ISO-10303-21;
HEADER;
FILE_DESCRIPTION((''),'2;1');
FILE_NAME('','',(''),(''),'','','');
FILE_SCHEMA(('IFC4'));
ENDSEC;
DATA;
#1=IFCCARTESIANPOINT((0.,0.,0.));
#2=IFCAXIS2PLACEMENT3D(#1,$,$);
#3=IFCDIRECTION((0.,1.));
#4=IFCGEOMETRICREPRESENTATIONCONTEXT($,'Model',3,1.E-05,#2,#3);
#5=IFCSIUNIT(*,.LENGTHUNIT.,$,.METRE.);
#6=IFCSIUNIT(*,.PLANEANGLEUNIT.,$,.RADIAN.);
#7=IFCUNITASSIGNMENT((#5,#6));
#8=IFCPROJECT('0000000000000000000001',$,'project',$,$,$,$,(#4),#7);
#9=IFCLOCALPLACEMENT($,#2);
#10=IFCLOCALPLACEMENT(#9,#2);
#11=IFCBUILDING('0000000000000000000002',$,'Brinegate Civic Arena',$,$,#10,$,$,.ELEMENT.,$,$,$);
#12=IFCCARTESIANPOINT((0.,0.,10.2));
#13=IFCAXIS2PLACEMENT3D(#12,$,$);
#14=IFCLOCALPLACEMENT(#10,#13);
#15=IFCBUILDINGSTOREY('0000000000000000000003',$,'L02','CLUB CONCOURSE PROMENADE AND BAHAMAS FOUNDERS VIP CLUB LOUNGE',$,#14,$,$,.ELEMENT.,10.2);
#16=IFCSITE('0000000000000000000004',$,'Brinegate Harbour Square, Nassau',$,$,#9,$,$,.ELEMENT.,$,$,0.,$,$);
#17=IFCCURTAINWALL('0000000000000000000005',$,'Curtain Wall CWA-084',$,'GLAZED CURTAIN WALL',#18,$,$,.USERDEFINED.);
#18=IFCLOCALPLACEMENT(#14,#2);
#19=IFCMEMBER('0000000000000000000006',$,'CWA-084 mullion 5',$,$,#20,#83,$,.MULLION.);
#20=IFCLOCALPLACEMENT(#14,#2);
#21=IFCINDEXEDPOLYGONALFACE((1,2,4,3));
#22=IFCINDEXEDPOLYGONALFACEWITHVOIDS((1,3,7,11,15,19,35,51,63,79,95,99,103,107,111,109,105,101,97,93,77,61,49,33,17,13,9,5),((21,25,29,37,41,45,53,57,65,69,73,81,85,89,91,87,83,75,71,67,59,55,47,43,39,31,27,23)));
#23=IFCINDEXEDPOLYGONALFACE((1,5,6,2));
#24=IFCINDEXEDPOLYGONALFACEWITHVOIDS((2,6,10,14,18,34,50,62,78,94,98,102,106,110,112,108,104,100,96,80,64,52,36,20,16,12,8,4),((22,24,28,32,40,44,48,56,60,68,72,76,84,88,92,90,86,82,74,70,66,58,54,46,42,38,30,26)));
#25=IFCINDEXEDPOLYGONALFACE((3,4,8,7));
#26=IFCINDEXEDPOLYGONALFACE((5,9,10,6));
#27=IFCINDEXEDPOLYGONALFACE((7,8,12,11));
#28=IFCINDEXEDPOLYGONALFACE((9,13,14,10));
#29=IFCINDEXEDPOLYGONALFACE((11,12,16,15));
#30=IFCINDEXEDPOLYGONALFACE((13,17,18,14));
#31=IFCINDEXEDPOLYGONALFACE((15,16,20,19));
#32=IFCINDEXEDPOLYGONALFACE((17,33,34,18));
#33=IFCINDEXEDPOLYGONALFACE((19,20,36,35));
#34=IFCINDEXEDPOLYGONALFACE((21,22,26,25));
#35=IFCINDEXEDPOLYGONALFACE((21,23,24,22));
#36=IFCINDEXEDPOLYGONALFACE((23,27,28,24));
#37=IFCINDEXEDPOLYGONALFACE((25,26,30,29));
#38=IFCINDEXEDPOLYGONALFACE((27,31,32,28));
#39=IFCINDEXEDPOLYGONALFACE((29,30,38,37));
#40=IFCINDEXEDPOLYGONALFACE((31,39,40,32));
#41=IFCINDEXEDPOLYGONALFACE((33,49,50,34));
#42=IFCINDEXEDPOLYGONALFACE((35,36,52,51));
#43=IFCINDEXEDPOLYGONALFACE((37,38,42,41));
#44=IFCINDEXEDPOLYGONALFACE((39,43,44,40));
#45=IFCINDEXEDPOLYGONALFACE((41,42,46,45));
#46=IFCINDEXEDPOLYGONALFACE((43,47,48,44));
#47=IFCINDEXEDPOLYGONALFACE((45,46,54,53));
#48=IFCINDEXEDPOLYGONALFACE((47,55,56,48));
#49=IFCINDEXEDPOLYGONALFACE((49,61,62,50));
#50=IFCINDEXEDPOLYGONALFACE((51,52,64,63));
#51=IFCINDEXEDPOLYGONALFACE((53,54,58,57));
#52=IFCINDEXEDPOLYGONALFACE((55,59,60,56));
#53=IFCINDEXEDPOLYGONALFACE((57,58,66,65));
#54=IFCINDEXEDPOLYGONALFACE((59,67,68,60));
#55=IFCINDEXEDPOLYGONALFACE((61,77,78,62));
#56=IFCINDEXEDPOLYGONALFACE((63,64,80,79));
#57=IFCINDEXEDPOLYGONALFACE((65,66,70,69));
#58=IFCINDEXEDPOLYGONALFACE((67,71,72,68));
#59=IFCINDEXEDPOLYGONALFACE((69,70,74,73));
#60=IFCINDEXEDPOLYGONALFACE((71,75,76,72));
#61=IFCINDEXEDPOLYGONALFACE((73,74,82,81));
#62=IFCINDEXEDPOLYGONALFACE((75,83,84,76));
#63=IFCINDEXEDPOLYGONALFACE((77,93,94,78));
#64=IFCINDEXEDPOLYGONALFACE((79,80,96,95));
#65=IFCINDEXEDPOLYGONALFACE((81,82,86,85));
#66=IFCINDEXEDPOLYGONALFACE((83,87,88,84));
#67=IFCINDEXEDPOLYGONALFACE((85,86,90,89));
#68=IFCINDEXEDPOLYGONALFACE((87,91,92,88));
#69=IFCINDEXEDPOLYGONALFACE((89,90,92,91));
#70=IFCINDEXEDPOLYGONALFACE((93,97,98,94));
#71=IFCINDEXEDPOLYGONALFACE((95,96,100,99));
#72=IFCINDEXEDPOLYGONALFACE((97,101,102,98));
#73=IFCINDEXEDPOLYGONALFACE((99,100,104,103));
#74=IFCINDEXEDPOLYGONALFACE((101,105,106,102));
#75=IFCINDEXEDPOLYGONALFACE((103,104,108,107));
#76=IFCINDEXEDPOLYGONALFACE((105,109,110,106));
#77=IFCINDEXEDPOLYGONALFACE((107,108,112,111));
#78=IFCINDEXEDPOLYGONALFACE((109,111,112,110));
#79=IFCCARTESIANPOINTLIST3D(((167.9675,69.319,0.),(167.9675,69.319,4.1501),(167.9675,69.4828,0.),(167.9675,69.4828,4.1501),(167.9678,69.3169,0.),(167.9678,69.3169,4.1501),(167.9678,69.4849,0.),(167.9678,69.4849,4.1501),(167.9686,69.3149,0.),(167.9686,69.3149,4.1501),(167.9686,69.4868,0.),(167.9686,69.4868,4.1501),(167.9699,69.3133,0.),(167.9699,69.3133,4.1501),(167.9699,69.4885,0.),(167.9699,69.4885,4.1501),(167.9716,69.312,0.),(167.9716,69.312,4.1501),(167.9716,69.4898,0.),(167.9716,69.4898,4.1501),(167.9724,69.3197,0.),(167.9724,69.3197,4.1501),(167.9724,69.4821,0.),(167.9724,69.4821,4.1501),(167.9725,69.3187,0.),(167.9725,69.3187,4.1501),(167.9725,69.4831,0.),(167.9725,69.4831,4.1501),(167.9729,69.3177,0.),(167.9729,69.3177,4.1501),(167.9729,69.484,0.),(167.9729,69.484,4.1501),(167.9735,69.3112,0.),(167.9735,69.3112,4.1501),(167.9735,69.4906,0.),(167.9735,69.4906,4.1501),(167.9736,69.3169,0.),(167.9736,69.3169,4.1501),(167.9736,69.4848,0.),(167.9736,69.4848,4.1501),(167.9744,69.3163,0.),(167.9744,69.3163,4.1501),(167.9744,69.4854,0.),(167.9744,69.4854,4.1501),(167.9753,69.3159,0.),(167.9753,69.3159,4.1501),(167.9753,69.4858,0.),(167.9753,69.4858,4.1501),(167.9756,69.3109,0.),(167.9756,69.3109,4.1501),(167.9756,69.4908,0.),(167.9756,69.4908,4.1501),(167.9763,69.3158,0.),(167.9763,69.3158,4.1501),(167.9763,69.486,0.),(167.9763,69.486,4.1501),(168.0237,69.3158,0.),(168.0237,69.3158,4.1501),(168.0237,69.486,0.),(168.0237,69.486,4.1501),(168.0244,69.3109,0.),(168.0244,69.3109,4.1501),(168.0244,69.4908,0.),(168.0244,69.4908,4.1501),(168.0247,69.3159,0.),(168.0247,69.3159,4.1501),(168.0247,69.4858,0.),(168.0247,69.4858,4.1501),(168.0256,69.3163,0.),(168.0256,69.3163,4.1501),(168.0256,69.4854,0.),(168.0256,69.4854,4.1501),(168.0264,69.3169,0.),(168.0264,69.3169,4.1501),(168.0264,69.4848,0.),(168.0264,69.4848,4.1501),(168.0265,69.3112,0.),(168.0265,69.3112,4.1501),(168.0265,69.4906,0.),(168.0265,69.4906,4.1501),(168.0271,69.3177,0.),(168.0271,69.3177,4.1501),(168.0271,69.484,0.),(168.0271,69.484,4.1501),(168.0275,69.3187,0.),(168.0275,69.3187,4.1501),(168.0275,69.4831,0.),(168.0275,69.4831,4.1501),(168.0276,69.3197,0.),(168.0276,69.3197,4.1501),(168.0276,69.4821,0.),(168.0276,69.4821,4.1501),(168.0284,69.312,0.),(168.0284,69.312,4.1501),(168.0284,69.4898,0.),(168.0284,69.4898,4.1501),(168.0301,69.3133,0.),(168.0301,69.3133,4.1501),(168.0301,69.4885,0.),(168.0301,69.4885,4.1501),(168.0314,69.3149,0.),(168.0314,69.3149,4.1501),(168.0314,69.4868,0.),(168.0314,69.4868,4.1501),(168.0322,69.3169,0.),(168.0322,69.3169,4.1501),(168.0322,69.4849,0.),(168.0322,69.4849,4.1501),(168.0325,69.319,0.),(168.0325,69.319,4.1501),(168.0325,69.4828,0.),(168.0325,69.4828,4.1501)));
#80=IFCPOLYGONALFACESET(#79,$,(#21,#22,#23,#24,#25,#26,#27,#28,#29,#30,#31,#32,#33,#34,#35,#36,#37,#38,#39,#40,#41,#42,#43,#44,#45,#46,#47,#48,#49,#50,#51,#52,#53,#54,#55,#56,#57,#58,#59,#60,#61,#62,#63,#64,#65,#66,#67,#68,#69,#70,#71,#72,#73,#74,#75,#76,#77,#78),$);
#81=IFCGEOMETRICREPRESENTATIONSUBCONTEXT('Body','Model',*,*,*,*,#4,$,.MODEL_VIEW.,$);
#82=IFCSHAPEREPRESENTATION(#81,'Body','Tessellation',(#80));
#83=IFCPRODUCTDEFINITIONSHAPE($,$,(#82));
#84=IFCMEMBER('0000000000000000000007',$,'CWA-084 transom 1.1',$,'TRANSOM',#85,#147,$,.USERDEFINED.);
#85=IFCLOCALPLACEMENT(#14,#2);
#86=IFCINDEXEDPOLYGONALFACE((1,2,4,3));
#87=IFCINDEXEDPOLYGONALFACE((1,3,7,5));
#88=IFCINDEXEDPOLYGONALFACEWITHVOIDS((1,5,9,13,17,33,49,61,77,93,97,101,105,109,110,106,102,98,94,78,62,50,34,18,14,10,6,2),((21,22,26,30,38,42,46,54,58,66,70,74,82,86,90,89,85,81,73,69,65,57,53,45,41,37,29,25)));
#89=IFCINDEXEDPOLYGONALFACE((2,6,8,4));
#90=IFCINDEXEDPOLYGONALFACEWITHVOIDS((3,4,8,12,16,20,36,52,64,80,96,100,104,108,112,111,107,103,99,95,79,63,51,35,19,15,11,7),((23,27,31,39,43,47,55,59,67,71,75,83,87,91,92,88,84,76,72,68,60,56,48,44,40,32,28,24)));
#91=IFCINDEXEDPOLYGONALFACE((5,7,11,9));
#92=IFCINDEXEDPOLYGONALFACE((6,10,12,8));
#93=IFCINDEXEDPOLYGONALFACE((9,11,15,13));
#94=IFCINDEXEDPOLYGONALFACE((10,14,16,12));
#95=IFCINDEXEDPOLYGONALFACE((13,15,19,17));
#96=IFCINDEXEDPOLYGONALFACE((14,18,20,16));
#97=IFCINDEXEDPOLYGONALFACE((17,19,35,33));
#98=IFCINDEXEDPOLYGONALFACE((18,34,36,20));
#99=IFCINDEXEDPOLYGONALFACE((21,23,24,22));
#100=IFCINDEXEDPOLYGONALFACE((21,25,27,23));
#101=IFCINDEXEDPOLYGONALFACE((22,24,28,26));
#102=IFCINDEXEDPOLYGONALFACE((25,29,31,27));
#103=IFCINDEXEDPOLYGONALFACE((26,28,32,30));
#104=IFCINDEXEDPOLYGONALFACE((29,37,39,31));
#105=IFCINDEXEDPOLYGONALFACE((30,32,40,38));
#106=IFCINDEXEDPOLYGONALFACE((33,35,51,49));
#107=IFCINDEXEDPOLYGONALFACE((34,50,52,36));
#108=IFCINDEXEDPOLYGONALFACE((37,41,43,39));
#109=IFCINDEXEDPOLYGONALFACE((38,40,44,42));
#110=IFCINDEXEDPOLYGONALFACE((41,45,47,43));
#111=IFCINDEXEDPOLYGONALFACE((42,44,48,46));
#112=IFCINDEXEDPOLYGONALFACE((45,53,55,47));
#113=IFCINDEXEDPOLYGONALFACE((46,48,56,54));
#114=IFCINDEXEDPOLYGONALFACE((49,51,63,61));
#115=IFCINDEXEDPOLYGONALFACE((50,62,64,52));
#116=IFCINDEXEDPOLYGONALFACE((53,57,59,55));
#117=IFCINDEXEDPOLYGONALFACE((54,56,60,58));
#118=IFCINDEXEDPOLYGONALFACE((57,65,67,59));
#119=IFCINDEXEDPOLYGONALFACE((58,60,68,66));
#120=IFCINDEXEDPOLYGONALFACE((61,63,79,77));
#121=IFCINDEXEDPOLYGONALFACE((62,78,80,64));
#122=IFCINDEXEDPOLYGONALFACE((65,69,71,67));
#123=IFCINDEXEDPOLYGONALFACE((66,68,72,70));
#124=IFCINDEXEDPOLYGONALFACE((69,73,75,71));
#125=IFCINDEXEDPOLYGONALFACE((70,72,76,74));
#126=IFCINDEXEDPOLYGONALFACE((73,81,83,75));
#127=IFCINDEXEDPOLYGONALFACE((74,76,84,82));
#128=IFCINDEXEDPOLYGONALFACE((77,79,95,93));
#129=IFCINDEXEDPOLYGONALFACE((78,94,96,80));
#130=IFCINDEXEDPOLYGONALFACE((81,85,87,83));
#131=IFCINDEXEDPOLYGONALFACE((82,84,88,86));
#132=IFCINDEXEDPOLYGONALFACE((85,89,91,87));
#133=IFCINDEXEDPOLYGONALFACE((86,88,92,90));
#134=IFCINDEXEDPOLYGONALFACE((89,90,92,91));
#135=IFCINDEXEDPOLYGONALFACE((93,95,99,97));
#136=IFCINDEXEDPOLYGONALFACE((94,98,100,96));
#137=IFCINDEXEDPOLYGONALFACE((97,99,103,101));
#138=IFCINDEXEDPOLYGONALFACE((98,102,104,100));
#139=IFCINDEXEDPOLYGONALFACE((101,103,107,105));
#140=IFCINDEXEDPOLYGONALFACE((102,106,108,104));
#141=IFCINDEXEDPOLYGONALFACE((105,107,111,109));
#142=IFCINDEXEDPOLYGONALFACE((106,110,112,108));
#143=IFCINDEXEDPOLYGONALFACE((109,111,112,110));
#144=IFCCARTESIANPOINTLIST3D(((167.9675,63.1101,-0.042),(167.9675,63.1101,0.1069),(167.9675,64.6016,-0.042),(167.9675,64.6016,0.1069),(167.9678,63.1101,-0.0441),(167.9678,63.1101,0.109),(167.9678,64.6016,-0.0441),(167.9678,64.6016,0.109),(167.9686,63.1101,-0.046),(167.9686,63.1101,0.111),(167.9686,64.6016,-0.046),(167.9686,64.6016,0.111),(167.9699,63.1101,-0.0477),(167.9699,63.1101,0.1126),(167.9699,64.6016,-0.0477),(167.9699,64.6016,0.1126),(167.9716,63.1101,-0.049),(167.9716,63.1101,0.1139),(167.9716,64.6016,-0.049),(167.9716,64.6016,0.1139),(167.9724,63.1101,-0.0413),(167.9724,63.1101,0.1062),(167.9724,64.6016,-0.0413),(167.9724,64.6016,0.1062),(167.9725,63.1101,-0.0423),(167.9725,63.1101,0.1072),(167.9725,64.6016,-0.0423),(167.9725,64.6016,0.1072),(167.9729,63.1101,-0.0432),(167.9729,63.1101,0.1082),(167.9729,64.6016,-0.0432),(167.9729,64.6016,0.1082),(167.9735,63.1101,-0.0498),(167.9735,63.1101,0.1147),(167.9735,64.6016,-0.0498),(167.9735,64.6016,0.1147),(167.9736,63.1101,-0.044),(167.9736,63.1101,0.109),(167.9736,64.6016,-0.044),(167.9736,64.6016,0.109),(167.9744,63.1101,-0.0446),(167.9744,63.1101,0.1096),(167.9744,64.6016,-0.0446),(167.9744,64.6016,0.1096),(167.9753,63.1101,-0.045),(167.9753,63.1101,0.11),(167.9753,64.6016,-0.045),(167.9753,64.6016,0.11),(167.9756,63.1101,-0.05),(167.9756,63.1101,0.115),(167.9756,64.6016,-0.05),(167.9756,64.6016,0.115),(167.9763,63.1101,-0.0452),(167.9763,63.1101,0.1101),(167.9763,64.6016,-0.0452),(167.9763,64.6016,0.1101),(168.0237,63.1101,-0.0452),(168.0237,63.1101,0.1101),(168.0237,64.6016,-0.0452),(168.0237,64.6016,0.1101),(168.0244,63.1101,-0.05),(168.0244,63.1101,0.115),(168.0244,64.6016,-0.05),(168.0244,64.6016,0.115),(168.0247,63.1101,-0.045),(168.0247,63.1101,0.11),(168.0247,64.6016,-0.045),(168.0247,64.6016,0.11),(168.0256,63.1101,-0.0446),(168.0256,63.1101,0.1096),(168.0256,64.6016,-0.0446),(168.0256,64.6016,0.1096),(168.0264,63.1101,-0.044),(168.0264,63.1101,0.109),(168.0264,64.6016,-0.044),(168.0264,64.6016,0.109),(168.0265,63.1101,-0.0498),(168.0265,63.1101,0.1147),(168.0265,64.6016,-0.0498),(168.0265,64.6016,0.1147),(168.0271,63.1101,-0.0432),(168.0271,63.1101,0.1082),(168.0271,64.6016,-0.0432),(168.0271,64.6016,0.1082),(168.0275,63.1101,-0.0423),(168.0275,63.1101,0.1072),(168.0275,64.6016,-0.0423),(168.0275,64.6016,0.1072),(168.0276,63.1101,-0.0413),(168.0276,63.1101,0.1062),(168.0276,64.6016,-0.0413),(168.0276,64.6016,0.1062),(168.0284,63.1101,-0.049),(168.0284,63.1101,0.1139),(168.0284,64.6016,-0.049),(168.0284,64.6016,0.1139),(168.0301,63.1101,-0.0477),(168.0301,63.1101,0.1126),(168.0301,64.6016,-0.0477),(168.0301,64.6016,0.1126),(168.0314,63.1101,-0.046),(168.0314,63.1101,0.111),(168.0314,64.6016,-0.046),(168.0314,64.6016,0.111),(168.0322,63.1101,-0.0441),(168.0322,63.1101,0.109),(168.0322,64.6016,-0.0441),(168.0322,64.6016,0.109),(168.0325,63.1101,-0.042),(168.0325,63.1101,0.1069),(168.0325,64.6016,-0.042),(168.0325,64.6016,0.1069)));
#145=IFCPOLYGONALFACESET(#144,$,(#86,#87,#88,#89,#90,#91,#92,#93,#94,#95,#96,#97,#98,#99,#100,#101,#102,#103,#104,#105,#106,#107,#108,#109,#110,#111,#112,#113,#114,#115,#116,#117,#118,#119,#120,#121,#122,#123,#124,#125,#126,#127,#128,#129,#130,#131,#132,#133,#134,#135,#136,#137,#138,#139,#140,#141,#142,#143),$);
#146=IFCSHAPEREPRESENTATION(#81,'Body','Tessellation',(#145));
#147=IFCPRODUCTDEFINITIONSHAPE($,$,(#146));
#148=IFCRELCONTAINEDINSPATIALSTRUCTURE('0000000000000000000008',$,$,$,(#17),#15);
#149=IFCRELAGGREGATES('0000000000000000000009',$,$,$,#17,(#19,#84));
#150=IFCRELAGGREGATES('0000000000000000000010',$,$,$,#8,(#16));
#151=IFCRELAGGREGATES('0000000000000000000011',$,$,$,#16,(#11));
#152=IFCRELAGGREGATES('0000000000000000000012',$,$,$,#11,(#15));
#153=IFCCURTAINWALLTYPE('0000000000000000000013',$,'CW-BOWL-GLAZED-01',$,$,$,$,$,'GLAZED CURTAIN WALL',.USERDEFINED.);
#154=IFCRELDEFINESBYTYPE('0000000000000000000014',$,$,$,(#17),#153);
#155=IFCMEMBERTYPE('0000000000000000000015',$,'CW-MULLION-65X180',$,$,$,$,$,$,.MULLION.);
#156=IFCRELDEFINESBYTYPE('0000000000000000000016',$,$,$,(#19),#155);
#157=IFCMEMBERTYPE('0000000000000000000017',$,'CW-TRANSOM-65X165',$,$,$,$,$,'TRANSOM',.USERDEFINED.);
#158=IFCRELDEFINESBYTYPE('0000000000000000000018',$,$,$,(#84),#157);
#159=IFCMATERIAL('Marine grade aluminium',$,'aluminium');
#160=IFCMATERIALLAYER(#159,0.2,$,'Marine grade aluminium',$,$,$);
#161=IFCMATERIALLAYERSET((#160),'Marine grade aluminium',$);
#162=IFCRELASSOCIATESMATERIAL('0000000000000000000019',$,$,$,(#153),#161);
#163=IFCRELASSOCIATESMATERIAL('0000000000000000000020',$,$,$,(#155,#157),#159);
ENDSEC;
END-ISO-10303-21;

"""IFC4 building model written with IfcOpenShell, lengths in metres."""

from ifc_helpers import new_model, si_unit, direction, frame, origin, origin_2d, place, context, subcontext, project, spatial, hollow_rectangle, extrude, material, layer, layer_set, material_profile, profile_set, type_object, element, aggregate, save


model = new_model("IFC4")

# Units and contexts
model_context = context("Model", 3, precision=1e-05, world=origin(), true_north=direction((0.0, 1.0)))
body_context = subcontext(model_context, "Body", "Model", "MODEL_VIEW")
ifc_project = project(units=[si_unit("LENGTHUNIT", "METRE"), si_unit("PLANEANGLEUNIT", "RADIAN")], contexts=[model_context])

# Site, building, storey
site_placement = place(None, origin())
site = spatial("IfcSite", under=ifc_project, at=site_placement, Name="Brinegate Harbour Square, Nassau", CompositionType="ELEMENT", RefElevation=0.0)
building_placement = place(site_placement, origin())
building = spatial("IfcBuilding", under=site, at=building_placement, Name="Brinegate Civic Arena", CompositionType="ELEMENT")
storey_placement = place(building_placement, frame((0.0, 0.0, 10.2)))
storey = spatial("IfcBuildingStorey", under=building, at=storey_placement, Name="L02", Description="CLUB CONCOURSE PROMENADE AND BAHAMAS FOUNDERS VIP CLUB LOUNGE", CompositionType="ELEMENT", Elevation=10.2)

# Curtain wall, members
ifc_material_1 = material(Name="Marine grade aluminium", Category="aluminium")
ifc_layer_1 = layer(ifc_material_1, 0.2, Name="Marine grade aluminium")
ifc_layer_set_1 = layer_set([ifc_layer_1], Name="Marine grade aluminium")
curtain_wall_type = type_object("IfcCurtainWallType", Name="CW-BOWL-GLAZED-01", ElementType="GLAZED CURTAIN WALL", PredefinedType="USERDEFINED", material=ifc_layer_set_1)
curtain_wall_placement = place(storey_placement, origin())
curtain_wall = element("IfcCurtainWall", 1, at=curtain_wall_placement, inside=storey, type_object=curtain_wall_type, Name="Curtain Wall CWA-084", ObjectType="GLAZED CURTAIN WALL", PredefinedType="USERDEFINED")
ifc_material_profile_1 = material_profile(ifc_material_1, hollow_rectangle(XDim=0.0649, YDim=0.1799, WallThickness=0.0049, InnerFilletRadius=0.0039, OuterFilletRadius=0.0081, at=origin_2d()), Name="MUL65X180")
ifc_profile_set_1 = profile_set([ifc_material_profile_1], Name="Marine grade aluminium")
member_type_1 = type_object("IfcMemberType", Name="CW-MULLION-65X180", PredefinedType="MULLION", material=ifc_profile_set_1)
member_1_placement = place(storey_placement, frame((168.0, 69.4009, 0.0), z_axis=(0.0, 0.0, 1.0), x_axis=(-1.0, 0.0, 0.0)))
member_1 = element("IfcMember", 2, at=member_1_placement, type_object=member_type_1, Name="CWA-084 mullion 5", PredefinedType="MULLION", context=body_context, shape_type="SweptSolid", body=[
    extrude(hollow_rectangle(XDim=0.0649, YDim=0.1799, WallThickness=0.0049, InnerFilletRadius=0.0039, OuterFilletRadius=0.0081, at=origin_2d()), origin(), (0.0, 0.0, 1.0), 4.1501),
])
ifc_material_profile_2 = material_profile(ifc_material_1, hollow_rectangle(XDim=0.0649, YDim=0.165, WallThickness=0.0049, InnerFilletRadius=0.0039, OuterFilletRadius=0.0081, at=origin_2d()), Name="TRN65X165")
ifc_profile_set_2 = profile_set([ifc_material_profile_2], Name="Marine grade aluminium")
member_type_2 = type_object("IfcMemberType", Name="CW-TRANSOM-65X165", ElementType="TRANSOM", PredefinedType="USERDEFINED", material=ifc_profile_set_2)
member_2_placement = place(storey_placement, frame((168.0, 63.1101, 0.0325), z_axis=(0.0, 1.0, 0.0), x_axis=(-1.0, 0.0, 0.0)))
member_2 = element("IfcMember", 3, at=member_2_placement, type_object=member_type_2, Name="CWA-084 transom 1.1", ObjectType="TRANSOM", PredefinedType="USERDEFINED", context=body_context, shape_type="SweptSolid", body=[
    extrude(hollow_rectangle(XDim=0.0649, YDim=0.165, WallThickness=0.0049, InnerFilletRadius=0.0039, OuterFilletRadius=0.0081, at=origin_2d()), origin(), (0.0, 0.0, 1.0), 1.4915),
])

aggregate(curtain_wall, [member_1, member_2])

save(model, "model.ifc")
